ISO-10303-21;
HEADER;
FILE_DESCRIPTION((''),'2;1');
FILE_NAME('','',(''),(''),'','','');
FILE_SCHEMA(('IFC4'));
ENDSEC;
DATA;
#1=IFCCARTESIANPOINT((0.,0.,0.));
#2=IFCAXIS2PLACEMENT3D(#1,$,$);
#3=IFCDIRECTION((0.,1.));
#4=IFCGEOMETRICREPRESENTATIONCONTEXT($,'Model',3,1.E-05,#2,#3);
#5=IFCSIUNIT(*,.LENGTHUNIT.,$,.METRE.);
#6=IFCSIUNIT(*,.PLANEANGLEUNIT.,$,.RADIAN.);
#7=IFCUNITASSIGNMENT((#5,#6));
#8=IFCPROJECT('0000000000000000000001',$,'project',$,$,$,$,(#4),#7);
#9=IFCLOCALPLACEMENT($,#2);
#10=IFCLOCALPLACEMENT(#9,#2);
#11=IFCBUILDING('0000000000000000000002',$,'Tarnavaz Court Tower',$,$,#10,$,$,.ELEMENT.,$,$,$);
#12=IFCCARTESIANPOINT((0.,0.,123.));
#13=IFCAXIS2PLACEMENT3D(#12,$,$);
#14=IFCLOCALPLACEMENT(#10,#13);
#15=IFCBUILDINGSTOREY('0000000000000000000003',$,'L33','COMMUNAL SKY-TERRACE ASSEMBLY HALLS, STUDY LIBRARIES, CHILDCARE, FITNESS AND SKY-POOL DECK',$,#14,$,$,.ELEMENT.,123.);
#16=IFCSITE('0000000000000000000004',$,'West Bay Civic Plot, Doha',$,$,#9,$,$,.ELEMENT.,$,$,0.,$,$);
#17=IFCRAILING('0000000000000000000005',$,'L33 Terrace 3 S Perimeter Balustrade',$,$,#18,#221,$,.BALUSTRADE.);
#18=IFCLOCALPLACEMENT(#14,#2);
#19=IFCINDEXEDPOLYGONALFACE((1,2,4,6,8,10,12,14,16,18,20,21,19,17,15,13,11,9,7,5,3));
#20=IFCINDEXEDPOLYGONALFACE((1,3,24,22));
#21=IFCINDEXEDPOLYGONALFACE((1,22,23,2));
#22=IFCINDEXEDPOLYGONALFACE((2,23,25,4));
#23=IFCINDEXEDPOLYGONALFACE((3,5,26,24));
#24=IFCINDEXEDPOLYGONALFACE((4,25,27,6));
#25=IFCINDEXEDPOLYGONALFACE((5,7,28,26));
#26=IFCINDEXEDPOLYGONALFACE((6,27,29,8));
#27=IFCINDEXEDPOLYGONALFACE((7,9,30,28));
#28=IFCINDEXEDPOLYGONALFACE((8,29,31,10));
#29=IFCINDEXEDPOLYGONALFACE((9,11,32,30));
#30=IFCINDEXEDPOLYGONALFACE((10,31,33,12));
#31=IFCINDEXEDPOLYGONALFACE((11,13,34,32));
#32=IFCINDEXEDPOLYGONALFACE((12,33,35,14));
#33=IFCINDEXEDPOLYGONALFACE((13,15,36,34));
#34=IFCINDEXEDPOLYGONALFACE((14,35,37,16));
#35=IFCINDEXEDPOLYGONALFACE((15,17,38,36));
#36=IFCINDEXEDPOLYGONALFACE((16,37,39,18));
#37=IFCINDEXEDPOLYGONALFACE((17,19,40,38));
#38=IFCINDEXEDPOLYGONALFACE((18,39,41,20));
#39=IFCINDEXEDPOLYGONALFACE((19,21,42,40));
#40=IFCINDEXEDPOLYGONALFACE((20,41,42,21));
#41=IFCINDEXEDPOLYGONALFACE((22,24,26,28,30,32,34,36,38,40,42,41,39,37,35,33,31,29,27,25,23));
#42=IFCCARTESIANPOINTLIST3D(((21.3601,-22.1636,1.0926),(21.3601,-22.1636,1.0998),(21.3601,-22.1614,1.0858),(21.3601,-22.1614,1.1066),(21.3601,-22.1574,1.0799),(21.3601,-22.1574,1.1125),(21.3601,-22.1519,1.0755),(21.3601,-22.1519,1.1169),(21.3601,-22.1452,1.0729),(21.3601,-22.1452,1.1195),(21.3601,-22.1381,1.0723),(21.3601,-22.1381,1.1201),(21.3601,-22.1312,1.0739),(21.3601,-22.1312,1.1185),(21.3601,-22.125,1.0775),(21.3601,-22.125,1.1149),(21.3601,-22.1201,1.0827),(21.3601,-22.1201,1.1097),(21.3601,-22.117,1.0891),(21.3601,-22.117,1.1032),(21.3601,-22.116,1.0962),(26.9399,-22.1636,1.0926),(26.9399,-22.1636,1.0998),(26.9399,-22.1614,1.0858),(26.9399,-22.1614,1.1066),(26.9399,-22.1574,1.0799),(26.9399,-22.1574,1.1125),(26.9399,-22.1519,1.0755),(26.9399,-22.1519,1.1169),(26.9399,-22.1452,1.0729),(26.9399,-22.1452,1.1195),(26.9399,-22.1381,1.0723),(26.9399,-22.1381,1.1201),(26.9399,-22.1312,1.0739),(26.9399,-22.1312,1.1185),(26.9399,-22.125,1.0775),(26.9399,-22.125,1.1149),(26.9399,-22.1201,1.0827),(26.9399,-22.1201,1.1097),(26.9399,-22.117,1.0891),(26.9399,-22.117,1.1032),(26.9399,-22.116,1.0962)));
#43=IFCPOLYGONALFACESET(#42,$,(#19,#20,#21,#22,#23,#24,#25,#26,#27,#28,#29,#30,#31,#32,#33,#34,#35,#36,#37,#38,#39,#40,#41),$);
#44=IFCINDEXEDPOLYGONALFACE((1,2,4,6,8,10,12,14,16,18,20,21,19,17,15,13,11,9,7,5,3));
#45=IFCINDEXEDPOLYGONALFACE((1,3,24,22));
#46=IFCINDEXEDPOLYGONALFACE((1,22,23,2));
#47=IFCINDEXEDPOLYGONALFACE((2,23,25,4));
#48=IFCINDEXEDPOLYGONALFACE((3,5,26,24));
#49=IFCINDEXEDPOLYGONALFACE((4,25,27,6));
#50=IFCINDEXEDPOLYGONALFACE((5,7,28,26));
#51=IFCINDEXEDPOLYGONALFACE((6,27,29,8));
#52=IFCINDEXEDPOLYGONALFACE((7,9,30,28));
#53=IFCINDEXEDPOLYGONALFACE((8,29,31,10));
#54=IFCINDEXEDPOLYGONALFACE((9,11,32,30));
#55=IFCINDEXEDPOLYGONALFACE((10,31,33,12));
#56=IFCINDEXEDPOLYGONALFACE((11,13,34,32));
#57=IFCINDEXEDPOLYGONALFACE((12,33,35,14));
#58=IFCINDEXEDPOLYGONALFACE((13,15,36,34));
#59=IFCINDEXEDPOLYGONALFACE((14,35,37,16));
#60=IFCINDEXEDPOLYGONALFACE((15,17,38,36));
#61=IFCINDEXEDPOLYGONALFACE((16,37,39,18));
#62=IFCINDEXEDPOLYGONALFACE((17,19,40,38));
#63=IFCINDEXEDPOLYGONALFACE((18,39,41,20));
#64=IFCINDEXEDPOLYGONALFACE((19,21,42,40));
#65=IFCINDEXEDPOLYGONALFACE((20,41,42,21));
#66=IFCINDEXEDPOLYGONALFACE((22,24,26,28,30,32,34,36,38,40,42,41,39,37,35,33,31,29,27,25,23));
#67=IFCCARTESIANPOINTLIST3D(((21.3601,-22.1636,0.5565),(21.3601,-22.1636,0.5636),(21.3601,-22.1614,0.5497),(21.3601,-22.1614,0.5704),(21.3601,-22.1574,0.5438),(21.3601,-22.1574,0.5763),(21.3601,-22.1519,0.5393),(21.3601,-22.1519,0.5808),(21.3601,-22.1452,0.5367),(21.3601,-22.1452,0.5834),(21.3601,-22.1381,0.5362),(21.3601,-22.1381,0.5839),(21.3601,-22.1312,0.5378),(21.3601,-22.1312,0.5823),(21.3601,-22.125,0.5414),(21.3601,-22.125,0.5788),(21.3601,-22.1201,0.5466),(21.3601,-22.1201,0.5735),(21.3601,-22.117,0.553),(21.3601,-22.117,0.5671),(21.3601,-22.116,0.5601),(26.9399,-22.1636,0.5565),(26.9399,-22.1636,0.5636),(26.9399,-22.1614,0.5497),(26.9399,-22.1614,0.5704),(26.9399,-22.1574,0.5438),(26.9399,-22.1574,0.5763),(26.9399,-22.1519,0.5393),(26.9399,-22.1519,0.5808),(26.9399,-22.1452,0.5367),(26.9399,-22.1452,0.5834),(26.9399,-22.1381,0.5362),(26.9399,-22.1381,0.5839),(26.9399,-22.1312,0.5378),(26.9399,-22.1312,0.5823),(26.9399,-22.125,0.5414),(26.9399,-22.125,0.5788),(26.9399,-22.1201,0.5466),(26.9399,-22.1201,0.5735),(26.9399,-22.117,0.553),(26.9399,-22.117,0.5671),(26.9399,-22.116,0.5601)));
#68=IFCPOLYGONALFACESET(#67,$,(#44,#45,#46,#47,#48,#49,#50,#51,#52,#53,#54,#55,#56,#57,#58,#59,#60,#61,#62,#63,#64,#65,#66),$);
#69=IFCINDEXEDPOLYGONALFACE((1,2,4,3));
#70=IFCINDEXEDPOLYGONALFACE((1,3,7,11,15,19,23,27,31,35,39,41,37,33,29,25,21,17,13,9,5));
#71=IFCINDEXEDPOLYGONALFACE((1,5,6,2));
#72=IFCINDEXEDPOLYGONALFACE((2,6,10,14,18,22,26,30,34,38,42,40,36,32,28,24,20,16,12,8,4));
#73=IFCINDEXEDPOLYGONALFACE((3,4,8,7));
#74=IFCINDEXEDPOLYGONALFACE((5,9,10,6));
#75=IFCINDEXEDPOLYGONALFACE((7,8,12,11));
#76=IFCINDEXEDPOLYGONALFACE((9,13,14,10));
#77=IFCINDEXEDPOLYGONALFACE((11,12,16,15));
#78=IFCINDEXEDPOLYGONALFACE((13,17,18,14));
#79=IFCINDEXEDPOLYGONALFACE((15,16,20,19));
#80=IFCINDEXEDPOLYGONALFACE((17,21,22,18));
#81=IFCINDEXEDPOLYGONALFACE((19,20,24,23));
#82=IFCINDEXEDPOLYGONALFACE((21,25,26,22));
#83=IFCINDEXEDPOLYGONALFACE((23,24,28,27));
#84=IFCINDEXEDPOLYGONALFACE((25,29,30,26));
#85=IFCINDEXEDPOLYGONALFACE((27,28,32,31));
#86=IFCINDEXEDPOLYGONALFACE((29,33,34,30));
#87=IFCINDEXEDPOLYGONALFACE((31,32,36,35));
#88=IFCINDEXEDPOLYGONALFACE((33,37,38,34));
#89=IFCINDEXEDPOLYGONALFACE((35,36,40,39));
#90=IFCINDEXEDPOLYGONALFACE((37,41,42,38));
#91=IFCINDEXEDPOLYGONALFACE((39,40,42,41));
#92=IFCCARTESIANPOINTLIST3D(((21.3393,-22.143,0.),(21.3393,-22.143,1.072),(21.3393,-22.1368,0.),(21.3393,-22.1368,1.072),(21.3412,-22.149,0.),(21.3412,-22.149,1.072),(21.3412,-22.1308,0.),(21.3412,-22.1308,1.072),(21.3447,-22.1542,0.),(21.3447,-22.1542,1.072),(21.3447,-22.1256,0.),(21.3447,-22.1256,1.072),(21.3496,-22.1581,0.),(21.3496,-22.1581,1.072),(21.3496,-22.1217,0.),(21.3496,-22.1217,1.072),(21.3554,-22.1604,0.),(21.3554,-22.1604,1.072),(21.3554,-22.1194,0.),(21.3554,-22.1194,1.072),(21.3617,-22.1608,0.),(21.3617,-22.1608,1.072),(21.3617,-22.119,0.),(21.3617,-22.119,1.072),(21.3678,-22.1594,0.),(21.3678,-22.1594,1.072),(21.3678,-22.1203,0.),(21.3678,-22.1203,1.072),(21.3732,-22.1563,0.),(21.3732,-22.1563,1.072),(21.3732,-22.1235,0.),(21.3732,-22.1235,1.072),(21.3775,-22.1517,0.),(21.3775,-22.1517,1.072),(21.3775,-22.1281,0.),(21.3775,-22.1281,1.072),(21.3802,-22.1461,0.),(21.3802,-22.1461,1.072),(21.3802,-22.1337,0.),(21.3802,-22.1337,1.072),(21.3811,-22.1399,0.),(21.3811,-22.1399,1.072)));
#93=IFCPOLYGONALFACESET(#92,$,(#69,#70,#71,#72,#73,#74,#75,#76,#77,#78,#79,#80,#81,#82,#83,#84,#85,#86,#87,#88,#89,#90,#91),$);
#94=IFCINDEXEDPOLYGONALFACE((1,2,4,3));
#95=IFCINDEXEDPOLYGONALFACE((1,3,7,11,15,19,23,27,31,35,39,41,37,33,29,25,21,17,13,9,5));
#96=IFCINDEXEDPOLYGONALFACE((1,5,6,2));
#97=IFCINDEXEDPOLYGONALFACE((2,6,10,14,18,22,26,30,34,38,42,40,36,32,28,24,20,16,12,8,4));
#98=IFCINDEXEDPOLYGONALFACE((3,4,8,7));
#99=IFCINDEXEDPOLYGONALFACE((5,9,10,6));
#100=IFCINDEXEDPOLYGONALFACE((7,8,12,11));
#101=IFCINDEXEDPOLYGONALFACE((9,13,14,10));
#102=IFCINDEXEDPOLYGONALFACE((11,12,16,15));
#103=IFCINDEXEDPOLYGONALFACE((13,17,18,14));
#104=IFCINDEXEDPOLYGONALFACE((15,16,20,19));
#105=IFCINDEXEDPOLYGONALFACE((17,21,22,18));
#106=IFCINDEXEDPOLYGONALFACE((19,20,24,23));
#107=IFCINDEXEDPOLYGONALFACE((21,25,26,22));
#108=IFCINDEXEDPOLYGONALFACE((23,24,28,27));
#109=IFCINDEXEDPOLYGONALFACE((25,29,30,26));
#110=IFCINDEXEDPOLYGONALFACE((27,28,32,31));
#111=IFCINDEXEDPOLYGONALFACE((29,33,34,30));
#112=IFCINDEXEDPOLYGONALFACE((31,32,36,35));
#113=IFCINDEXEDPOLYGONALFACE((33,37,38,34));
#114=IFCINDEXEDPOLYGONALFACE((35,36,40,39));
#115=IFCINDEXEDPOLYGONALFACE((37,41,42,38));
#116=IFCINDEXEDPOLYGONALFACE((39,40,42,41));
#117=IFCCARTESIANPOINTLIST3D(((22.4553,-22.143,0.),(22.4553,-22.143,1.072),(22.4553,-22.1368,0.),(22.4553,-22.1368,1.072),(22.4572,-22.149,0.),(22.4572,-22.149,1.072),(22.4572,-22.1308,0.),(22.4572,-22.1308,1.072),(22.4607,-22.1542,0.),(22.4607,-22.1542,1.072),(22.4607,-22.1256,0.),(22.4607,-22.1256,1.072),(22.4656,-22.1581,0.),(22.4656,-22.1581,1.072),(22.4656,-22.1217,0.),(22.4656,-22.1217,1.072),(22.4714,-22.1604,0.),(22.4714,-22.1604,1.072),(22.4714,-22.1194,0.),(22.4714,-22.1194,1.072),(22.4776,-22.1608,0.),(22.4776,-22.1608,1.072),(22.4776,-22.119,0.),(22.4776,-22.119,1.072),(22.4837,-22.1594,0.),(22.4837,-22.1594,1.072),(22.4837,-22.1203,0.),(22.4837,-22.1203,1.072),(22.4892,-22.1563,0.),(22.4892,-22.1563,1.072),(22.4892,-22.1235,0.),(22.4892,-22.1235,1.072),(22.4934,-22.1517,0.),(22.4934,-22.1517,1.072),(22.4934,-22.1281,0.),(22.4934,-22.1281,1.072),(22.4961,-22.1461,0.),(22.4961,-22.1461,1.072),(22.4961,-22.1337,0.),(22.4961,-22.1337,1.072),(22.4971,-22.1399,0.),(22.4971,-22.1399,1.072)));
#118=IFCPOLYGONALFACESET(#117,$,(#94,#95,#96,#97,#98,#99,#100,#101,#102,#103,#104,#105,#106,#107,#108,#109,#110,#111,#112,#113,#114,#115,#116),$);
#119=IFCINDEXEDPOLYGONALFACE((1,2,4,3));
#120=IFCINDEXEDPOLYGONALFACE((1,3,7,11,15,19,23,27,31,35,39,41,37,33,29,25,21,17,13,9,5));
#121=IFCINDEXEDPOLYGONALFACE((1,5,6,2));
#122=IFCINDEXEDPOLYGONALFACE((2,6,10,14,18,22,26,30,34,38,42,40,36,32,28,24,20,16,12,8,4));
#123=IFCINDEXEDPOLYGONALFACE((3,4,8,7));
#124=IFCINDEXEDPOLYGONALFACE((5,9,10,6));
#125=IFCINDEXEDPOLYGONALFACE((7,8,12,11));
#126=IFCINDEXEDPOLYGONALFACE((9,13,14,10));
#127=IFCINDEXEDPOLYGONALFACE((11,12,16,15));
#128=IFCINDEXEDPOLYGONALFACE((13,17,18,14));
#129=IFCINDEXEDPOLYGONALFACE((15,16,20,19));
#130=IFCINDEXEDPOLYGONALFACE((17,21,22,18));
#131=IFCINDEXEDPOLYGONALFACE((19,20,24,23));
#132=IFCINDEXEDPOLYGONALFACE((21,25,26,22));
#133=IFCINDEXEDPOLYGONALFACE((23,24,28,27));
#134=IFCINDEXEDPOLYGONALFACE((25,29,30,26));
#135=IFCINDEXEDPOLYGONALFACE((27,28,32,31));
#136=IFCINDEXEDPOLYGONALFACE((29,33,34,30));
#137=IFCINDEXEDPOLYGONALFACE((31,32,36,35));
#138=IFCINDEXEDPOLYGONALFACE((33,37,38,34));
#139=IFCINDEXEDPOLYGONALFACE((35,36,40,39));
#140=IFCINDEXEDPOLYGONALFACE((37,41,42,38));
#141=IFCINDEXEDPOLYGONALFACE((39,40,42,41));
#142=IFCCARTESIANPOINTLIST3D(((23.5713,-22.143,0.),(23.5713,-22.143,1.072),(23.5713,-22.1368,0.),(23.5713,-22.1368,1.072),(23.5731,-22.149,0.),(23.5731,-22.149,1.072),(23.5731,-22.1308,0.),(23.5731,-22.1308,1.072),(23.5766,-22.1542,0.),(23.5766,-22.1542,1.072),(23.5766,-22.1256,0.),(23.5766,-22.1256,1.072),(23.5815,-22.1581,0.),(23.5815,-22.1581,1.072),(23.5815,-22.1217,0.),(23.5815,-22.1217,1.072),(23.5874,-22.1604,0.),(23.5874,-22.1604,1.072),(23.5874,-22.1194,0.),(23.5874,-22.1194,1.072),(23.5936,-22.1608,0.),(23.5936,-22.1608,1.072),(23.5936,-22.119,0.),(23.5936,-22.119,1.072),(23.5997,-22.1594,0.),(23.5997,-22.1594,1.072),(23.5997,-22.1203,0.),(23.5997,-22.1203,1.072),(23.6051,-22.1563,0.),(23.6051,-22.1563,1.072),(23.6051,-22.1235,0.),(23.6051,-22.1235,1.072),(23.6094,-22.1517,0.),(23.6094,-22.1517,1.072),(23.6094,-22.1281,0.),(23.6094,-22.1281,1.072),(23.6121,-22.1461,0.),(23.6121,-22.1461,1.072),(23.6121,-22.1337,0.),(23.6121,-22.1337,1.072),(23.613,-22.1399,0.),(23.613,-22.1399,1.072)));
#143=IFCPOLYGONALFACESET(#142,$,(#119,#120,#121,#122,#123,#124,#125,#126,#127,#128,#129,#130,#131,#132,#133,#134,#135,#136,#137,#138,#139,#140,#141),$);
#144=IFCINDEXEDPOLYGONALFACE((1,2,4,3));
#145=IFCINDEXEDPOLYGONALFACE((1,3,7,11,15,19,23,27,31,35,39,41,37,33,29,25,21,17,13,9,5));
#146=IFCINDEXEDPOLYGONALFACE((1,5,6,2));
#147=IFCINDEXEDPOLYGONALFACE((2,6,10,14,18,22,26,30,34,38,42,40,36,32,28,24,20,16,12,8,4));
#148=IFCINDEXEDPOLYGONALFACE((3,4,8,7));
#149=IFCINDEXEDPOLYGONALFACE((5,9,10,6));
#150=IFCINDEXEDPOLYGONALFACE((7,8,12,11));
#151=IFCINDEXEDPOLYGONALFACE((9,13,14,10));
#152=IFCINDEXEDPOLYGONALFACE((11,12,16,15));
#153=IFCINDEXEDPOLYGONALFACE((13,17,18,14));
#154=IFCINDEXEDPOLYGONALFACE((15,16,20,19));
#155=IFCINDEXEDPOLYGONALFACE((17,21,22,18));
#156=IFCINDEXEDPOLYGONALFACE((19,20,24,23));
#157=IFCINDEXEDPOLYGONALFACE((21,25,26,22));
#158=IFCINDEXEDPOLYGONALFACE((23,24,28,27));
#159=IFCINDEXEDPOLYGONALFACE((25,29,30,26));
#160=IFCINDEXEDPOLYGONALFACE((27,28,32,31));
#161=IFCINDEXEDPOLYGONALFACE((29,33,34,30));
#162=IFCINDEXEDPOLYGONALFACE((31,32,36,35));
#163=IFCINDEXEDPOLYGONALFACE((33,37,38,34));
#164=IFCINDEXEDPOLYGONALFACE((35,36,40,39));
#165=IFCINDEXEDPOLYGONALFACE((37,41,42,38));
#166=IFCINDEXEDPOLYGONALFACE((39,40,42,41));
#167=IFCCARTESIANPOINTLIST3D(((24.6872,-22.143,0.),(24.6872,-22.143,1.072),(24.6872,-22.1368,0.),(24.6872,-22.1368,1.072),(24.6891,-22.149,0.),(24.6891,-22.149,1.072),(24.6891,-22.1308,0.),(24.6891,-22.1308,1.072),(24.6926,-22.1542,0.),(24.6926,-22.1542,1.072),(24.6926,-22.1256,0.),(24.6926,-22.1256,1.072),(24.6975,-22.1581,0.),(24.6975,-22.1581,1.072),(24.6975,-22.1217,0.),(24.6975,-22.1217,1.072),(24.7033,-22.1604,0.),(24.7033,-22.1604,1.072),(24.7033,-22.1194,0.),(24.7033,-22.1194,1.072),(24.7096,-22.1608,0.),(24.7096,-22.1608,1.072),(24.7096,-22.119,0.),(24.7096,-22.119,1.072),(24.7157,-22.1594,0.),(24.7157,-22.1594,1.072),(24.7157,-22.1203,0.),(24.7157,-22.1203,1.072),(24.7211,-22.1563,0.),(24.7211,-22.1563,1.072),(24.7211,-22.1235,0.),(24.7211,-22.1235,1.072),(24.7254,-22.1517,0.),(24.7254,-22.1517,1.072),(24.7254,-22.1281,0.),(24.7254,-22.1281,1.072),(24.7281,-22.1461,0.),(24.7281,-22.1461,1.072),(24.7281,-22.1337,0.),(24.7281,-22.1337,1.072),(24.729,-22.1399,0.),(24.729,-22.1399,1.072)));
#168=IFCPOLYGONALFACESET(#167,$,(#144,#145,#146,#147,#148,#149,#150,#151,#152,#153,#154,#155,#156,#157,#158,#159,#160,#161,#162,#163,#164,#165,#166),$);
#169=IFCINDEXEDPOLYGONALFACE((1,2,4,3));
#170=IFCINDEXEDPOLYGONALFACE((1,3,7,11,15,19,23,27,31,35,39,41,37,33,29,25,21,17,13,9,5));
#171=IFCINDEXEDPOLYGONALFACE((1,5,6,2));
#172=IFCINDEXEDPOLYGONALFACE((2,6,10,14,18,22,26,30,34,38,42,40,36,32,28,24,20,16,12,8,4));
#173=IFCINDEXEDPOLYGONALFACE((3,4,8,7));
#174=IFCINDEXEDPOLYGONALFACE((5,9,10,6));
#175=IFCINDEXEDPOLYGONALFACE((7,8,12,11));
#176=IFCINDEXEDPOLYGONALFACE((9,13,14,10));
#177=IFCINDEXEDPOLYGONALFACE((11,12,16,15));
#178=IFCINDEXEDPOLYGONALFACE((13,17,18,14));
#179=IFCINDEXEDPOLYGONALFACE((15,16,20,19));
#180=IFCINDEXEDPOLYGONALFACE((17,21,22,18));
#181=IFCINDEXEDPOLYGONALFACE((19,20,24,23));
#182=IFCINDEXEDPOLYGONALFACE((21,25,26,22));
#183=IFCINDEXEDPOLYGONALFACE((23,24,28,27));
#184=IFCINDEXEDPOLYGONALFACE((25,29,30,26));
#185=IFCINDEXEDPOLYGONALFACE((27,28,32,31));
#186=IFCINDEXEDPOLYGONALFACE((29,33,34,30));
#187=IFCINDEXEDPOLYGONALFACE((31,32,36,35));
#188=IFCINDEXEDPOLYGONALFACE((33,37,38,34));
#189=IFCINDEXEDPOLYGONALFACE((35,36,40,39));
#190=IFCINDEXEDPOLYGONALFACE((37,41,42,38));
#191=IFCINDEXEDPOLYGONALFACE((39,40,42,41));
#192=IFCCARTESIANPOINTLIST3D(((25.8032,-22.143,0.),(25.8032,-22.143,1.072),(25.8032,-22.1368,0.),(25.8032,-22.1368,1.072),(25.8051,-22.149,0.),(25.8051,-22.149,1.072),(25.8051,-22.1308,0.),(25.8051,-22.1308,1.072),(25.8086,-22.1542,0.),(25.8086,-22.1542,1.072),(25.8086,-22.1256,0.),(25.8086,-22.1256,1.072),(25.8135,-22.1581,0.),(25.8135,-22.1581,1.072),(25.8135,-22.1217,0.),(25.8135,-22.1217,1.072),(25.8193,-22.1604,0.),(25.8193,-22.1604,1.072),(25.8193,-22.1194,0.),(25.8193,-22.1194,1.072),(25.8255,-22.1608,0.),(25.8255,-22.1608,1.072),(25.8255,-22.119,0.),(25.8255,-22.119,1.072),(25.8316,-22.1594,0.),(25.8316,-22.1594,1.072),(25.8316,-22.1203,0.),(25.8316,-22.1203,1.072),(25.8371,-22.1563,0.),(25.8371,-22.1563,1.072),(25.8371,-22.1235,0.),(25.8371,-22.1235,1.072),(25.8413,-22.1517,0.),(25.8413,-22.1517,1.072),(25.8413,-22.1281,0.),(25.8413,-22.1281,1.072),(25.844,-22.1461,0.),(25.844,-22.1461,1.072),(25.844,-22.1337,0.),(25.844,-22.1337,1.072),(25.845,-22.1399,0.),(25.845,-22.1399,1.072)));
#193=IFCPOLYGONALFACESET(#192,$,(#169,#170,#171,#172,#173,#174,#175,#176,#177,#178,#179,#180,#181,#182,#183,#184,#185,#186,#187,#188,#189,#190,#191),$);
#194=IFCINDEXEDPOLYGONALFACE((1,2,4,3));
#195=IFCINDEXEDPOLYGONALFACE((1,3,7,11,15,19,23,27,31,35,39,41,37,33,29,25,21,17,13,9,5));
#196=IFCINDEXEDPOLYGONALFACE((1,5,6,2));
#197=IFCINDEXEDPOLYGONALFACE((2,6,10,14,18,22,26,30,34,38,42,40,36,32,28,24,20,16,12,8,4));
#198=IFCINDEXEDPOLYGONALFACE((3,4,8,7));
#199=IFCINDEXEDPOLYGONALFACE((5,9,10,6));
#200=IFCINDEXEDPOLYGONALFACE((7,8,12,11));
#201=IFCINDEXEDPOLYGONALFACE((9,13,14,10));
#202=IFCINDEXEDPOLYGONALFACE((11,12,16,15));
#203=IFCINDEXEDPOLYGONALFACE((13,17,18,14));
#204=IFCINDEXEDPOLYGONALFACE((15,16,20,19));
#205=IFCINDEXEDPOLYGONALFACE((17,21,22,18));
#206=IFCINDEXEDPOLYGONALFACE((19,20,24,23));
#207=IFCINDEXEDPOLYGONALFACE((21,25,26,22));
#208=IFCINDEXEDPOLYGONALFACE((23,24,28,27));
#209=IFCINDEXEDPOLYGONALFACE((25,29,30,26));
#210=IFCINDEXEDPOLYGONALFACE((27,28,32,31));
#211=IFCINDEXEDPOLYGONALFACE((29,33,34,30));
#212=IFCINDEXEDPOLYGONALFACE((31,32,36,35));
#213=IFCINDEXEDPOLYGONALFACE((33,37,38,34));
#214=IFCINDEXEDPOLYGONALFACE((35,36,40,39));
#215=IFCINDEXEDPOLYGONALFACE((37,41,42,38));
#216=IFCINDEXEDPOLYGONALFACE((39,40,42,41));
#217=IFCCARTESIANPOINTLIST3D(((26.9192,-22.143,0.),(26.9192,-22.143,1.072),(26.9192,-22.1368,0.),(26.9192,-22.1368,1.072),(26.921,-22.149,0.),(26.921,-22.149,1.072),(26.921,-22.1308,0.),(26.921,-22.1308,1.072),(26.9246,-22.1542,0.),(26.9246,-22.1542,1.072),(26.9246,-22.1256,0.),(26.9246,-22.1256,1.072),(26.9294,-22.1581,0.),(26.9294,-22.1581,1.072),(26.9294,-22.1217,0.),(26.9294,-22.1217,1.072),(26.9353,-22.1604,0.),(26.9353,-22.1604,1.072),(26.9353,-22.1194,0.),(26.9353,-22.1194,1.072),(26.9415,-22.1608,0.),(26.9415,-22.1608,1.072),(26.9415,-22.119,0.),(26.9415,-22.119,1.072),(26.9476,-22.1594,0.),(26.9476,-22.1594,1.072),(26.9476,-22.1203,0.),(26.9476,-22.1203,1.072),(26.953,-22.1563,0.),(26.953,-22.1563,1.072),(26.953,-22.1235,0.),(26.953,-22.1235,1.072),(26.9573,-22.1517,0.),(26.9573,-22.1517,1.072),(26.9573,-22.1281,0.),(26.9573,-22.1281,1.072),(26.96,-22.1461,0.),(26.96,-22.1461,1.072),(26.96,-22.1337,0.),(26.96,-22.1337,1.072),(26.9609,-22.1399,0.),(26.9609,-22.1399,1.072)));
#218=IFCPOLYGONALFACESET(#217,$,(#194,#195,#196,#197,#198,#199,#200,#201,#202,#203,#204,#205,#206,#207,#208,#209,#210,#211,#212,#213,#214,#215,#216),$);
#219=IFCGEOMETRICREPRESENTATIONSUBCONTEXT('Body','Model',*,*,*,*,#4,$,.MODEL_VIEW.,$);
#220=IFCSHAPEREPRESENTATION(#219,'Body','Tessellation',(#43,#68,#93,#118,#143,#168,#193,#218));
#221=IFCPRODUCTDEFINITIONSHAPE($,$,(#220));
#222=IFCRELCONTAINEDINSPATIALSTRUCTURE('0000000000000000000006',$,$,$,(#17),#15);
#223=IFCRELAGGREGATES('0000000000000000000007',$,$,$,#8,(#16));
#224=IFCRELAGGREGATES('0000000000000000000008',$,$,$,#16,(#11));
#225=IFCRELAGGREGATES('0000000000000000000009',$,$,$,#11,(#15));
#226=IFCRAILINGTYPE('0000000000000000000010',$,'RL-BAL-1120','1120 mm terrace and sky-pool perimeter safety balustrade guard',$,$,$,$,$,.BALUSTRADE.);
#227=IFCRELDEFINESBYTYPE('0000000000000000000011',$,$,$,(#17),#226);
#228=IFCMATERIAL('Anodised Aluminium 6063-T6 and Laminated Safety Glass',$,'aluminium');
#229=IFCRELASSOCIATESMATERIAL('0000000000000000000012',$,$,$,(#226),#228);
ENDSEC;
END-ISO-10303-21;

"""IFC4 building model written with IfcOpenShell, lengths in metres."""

from ifc_helpers import new_model, si_unit, direction, frame, origin, origin_2d, place, context, subcontext, project, spatial, circle, extrude, material, type_object, element, save


model = new_model("IFC4")

# Units and contexts
model_context = context("Model", 3, precision=1e-05, world=origin(), true_north=direction((0.0, 1.0)))
body_context = subcontext(model_context, "Body", "Model", "MODEL_VIEW")
ifc_project = project(units=[si_unit("LENGTHUNIT", "METRE"), si_unit("PLANEANGLEUNIT", "RADIAN")], contexts=[model_context])

# Site, building, storey
site_placement = place(None, origin())
site = spatial("IfcSite", under=ifc_project, at=site_placement, Name="West Bay Civic Plot, Doha", CompositionType="ELEMENT", RefElevation=0.0)
building_placement = place(site_placement, origin())
building = spatial("IfcBuilding", under=site, at=building_placement, Name="Tarnavaz Court Tower", CompositionType="ELEMENT")
storey_placement = place(building_placement, frame((0.0, 0.0, 123.0)))
storey = spatial("IfcBuildingStorey", under=building, at=storey_placement, Name="L33", Description="COMMUNAL SKY-TERRACE ASSEMBLY HALLS, STUDY LIBRARIES, CHILDCARE, FITNESS AND SKY-POOL DECK", CompositionType="ELEMENT", Elevation=123.0)

# Railing
ifc_material_1 = material(Name="Anodised Aluminium 6063-T6 and Laminated Safety Glass", Category="aluminium")
railing_type = type_object("IfcRailingType", Name="RL-BAL-1120", Description="1120 mm terrace and sky-pool perimeter safety balustrade guard", PredefinedType="BALUSTRADE", material=ifc_material_1)
railing_1_placement = place(storey_placement, frame((21.3601, -22.1399, 0.0)))
element("IfcRailing", 1, at=railing_1_placement, inside=storey, type_object=railing_type, Name="L33 Terrace 3 S Perimeter Balustrade", PredefinedType="BALUSTRADE", context=body_context, shape_type="SweptSolid", body=[
    extrude(circle(Radius=0.0239, at=origin_2d()), frame((0.0, 0.0, 1.0962), z_axis=(1.0, 0.0, 0.0), x_axis=(0.0, 1.0, 0.0)), (0.0, 0.0, 1.0), 5.5798),
    extrude(circle(Radius=0.0239, at=origin_2d()), frame((0.0, 0.0, 0.5601), z_axis=(1.0, 0.0, 0.0), x_axis=(0.0, 1.0, 0.0)), (0.0, 0.0, 1.0), 5.5798),
    extrude(circle(Radius=0.021, at=origin_2d()), origin(), (0.0, 0.0, 1.0), 1.072),
    extrude(circle(Radius=0.021, at=origin_2d()), frame((1.116, 0.0, 0.0)), (0.0, 0.0, 1.0), 1.072),
    extrude(circle(Radius=0.021, at=origin_2d()), frame((2.2319, 0.0, 0.0)), (0.0, 0.0, 1.0), 1.072),
    extrude(circle(Radius=0.021, at=origin_2d()), frame((3.3479, 0.0, 0.0)), (0.0, 0.0, 1.0), 1.072),
    extrude(circle(Radius=0.021, at=origin_2d()), frame((4.4639, 0.0, 0.0)), (0.0, 0.0, 1.0), 1.072),
    extrude(circle(Radius=0.021, at=origin_2d()), frame((5.5798, 0.0, 0.0)), (0.0, 0.0, 1.0), 1.072),
])

save(model, "model.ifc")
